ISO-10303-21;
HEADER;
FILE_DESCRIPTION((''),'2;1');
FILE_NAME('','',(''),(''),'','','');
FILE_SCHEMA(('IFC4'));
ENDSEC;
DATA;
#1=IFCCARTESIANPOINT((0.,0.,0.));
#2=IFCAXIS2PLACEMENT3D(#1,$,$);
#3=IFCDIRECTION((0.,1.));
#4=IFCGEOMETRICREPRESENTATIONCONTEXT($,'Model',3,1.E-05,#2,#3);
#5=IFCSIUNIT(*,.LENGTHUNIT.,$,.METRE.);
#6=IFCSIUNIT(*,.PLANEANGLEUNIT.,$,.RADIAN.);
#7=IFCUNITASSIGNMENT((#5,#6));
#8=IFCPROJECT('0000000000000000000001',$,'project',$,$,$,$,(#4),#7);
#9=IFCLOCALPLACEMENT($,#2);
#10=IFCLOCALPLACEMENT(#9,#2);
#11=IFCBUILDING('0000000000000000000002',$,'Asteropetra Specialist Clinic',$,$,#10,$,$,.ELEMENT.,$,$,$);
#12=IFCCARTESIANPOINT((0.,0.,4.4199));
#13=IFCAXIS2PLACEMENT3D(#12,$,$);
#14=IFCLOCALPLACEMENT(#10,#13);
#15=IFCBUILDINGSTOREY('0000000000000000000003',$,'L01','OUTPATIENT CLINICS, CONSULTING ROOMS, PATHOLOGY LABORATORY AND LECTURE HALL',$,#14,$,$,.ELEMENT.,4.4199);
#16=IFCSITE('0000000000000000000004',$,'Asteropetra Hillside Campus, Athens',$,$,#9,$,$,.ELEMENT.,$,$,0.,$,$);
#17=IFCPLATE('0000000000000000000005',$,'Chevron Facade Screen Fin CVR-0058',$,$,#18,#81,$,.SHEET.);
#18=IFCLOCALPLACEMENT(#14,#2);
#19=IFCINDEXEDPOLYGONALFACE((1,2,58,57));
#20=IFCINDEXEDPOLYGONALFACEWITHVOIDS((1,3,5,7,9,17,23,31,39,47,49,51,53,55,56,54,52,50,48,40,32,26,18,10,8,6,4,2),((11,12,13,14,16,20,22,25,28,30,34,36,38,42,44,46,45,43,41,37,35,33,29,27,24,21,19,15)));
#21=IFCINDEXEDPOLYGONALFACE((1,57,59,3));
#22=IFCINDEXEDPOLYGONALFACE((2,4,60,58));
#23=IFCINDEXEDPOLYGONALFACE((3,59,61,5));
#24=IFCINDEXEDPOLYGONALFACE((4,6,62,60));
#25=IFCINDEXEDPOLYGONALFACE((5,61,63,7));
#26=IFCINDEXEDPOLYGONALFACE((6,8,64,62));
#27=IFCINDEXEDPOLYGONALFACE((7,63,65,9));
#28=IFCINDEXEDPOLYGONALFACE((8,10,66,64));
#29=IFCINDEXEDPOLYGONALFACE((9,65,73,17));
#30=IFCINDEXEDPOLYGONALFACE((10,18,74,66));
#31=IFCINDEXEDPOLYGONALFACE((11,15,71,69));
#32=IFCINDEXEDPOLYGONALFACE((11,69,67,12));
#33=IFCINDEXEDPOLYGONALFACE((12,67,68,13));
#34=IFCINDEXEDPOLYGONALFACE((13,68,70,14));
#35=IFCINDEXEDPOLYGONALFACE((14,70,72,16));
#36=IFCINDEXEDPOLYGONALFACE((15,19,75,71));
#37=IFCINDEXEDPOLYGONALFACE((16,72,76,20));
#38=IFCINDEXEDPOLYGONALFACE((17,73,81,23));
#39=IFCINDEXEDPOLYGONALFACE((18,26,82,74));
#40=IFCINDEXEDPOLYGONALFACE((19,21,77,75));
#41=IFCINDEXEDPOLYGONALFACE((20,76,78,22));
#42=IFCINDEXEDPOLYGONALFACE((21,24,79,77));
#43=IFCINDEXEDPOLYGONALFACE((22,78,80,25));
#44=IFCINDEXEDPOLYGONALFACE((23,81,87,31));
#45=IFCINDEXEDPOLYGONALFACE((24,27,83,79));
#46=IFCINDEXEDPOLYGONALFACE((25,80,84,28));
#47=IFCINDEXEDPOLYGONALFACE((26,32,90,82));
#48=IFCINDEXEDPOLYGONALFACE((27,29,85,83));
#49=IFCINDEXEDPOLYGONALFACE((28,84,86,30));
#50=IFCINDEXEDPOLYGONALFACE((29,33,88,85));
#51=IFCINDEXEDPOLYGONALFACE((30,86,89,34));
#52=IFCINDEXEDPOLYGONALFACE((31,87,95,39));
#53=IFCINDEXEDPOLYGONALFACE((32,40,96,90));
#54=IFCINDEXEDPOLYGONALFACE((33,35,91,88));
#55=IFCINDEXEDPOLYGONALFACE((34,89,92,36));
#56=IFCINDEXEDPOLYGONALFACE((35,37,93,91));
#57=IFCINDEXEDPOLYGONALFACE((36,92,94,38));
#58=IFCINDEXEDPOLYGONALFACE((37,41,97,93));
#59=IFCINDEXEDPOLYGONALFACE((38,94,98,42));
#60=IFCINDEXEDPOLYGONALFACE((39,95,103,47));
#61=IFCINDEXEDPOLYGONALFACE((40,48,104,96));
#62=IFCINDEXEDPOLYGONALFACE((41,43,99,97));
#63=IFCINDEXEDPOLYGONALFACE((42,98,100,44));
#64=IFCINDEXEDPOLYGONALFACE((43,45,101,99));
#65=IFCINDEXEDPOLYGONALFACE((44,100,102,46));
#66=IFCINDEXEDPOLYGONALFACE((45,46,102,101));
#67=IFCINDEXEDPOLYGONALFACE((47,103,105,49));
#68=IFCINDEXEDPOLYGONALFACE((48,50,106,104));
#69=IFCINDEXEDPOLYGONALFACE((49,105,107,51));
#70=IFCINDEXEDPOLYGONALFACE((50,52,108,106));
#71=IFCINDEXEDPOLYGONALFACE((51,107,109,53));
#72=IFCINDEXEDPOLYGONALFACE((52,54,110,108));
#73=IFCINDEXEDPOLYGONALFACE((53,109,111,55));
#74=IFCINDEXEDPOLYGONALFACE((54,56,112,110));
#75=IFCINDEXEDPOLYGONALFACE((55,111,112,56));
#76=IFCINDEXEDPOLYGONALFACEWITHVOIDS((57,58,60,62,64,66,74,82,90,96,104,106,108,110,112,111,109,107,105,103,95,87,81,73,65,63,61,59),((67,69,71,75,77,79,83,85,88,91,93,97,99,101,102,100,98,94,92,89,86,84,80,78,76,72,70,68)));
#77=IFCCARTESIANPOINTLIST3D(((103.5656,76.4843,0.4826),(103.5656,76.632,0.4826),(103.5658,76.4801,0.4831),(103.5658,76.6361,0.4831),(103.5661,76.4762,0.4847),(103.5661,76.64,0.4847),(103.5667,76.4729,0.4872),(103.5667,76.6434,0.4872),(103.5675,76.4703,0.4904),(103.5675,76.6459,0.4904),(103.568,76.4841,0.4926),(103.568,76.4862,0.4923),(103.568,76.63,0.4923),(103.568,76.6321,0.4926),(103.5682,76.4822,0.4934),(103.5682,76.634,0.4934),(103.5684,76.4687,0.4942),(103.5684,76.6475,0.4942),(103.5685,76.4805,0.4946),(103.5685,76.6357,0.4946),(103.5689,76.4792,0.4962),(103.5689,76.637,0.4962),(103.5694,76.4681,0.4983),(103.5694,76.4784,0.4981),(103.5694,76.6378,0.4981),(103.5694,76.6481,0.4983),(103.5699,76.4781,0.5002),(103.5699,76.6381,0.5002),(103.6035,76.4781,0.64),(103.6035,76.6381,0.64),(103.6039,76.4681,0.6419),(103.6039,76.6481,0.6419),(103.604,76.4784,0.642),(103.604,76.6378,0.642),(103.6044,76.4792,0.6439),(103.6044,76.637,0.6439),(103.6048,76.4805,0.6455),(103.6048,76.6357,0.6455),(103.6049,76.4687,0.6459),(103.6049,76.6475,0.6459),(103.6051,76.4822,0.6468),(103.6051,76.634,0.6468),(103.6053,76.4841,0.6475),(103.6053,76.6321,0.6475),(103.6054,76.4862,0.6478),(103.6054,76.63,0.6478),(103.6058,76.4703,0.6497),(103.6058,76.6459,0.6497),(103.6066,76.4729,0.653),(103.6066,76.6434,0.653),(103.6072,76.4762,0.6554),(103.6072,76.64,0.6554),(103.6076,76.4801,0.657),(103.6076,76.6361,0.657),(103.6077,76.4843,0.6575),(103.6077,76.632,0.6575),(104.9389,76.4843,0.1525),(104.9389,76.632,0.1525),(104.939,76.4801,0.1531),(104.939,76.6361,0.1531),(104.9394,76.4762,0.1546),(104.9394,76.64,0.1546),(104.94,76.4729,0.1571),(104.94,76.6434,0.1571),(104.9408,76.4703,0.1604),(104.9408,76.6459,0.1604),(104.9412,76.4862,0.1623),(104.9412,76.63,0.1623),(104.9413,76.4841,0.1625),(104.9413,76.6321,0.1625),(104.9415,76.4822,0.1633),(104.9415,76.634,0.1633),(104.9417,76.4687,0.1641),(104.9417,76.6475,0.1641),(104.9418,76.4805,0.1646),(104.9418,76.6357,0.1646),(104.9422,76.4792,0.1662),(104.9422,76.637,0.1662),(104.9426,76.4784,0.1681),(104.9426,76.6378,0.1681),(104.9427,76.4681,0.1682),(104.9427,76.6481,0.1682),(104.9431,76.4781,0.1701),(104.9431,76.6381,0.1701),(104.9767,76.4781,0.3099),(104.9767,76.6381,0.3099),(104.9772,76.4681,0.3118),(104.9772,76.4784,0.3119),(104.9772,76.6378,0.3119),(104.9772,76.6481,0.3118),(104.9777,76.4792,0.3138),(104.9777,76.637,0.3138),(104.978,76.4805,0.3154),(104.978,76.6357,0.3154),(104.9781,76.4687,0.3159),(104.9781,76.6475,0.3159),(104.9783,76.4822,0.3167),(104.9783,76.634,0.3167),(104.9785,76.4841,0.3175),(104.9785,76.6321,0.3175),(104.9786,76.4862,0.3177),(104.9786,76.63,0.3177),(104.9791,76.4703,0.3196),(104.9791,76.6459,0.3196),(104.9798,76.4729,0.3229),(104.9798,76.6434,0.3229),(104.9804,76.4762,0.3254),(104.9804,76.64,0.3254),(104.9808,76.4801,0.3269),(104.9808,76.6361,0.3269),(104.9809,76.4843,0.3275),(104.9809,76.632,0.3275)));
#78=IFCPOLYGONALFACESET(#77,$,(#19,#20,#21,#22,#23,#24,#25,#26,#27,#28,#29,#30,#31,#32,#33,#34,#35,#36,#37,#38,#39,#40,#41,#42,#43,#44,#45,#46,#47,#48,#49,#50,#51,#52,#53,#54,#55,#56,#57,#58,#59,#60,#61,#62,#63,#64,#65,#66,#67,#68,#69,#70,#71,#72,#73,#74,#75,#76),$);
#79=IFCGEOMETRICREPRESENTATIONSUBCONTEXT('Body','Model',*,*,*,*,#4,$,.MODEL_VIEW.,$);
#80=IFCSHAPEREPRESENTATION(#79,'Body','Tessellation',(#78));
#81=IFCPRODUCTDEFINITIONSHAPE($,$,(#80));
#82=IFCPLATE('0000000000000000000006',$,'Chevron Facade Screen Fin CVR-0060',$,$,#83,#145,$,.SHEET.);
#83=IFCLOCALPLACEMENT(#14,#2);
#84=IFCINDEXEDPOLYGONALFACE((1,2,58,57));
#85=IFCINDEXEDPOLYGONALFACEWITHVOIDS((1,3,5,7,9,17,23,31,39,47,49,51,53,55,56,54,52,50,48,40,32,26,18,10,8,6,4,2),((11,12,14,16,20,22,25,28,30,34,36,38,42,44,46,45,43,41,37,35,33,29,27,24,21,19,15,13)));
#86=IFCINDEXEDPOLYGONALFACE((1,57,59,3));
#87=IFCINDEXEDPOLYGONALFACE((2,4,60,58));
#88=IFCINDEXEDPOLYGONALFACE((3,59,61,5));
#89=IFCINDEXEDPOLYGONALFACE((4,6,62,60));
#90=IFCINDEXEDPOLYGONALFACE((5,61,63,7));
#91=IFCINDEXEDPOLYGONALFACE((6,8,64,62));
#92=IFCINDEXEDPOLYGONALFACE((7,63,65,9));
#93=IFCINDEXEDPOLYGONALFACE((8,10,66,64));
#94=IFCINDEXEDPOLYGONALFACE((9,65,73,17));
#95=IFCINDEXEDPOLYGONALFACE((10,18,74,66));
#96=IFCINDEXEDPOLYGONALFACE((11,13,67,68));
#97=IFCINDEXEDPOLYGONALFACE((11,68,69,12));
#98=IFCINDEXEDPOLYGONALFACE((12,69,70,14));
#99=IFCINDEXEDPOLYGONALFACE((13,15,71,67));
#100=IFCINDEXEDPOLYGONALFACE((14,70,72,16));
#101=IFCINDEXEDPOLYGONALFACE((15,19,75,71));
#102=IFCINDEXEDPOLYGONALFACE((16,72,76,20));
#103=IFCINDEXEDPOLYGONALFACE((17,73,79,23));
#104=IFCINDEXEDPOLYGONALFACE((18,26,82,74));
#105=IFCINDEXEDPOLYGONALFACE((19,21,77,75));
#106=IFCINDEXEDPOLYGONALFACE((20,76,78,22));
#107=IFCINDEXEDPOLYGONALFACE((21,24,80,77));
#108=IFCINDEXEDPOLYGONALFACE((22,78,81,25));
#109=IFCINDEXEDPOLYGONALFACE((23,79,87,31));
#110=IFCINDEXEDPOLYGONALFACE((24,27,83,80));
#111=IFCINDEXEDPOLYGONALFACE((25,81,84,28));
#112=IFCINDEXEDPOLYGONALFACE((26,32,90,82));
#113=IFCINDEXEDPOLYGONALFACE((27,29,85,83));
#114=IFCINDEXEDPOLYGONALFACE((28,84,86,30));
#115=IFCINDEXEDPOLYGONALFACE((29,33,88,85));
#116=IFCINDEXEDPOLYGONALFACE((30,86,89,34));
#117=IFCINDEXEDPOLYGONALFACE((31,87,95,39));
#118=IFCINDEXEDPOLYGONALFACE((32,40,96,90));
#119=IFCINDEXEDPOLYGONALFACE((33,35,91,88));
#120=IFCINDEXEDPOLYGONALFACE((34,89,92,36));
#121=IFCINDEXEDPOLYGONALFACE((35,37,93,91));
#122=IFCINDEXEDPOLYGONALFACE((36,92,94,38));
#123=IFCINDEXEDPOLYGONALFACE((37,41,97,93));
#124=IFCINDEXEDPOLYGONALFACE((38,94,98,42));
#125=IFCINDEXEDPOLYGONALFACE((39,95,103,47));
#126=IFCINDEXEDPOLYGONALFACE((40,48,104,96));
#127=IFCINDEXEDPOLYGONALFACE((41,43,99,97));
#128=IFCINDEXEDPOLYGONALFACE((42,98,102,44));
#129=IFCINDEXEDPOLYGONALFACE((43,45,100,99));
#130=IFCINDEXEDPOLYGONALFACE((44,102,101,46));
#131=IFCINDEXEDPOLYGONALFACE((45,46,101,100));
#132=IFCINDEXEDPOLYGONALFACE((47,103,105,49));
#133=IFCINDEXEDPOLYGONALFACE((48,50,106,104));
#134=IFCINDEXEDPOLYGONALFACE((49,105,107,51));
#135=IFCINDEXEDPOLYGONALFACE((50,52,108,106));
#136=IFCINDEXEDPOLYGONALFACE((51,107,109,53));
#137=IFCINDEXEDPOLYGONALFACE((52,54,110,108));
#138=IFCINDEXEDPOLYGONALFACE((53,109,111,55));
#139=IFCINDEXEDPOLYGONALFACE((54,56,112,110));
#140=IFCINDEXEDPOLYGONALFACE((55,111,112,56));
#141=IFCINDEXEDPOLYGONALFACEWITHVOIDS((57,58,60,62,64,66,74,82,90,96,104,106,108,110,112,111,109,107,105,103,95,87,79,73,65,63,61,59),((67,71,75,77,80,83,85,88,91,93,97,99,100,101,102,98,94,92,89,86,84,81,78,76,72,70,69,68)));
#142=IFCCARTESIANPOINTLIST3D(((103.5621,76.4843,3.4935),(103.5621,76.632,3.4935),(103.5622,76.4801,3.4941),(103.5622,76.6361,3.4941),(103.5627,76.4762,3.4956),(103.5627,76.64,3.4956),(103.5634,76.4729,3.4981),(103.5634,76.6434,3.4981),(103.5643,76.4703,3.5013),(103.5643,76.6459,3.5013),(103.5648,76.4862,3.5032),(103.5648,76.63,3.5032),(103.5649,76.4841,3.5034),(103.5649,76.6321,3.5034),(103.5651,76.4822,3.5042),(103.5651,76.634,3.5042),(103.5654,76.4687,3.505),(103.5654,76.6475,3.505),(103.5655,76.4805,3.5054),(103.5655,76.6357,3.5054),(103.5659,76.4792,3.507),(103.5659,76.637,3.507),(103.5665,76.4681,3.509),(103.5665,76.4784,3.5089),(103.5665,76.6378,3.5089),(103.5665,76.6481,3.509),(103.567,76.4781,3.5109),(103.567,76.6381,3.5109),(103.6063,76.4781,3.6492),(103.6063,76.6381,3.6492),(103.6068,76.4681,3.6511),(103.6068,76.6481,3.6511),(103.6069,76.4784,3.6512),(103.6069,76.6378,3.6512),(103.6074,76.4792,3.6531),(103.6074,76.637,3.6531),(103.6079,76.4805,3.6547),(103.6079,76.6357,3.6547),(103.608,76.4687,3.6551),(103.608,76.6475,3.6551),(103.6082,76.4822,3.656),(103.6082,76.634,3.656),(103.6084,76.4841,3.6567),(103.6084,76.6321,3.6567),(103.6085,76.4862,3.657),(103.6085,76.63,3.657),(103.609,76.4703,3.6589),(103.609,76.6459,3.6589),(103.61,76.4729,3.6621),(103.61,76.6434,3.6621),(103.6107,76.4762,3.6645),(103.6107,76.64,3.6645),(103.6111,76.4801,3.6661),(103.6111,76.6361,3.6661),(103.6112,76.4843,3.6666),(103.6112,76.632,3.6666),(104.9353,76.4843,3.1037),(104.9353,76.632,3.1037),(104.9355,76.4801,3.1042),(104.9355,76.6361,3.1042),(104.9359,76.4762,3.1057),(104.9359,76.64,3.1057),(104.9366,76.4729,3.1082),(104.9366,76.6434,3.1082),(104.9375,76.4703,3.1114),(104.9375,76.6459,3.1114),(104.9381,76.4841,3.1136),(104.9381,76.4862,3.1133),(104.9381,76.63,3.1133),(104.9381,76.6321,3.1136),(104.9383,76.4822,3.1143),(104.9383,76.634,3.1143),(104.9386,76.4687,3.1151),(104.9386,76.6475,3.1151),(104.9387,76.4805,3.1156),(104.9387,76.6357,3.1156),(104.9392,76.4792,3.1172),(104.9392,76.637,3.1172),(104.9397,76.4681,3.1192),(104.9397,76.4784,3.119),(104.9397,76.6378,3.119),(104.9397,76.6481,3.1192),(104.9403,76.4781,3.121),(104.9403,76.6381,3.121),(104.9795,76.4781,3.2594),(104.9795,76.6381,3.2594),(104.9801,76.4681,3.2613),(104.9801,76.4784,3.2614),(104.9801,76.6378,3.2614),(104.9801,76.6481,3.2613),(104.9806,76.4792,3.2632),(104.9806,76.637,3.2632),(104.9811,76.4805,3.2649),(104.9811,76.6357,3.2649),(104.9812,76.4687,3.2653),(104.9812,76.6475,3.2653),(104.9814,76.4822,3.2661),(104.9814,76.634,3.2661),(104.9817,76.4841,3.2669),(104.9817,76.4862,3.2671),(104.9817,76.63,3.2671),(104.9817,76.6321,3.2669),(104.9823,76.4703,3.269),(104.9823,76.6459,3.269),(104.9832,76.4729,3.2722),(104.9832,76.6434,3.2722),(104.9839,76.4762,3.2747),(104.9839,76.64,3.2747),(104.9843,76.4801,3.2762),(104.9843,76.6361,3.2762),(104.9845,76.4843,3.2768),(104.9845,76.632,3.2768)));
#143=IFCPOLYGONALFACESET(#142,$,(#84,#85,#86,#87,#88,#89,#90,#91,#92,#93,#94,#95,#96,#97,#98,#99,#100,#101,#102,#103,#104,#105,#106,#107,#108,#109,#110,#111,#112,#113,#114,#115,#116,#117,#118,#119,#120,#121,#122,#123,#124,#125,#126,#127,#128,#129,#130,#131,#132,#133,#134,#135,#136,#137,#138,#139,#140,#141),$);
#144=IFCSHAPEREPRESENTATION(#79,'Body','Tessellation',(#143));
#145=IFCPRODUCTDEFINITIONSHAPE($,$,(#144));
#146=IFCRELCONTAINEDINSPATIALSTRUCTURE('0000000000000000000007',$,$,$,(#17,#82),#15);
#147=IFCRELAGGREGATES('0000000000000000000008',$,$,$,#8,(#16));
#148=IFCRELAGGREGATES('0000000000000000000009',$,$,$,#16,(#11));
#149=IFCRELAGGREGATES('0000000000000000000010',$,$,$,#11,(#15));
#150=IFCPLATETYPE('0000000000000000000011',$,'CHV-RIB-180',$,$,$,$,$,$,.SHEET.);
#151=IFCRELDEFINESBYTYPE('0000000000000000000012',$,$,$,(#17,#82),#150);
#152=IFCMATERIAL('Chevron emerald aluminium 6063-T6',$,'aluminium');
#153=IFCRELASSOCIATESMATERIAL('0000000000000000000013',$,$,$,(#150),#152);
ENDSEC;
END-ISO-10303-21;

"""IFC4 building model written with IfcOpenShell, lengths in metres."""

from ifc_helpers import new_model, si_unit, direction, frame, origin, origin_2d, place, context, subcontext, project, spatial, hollow_rectangle, extrude, material, material_profile, profile_set, type_object, element, save


model = new_model("IFC4")

# Units and contexts
model_context = context("Model", 3, precision=1e-05, world=origin(), true_north=direction((0.0, 1.0)))
body_context = subcontext(model_context, "Body", "Model", "MODEL_VIEW")
ifc_project = project(units=[si_unit("LENGTHUNIT", "METRE"), si_unit("PLANEANGLEUNIT", "RADIAN")], contexts=[model_context])

# Site, building, storey
site_placement = place(None, origin())
site = spatial("IfcSite", under=ifc_project, at=site_placement, Name="Asteropetra Hillside Campus, Athens", CompositionType="ELEMENT", RefElevation=0.0)
building_placement = place(site_placement, origin())
building = spatial("IfcBuilding", under=site, at=building_placement, Name="Asteropetra Specialist Clinic", CompositionType="ELEMENT")
storey_placement = place(building_placement, frame((0.0, 0.0, 4.4199)))
storey = spatial("IfcBuildingStorey", under=building, at=storey_placement, Name="L01", Description="OUTPATIENT CLINICS, CONSULTING ROOMS, PATHOLOGY LABORATORY AND LECTURE HALL", CompositionType="ELEMENT", Elevation=4.4199)

# Plates
ifc_material_1 = material(Name="Chevron emerald aluminium 6063-T6", Category="aluminium")
ifc_material_profile_1 = material_profile(ifc_material_1, hollow_rectangle(XDim=0.1799, YDim=0.1799, WallThickness=0.01, InnerFilletRadius=0.0081, OuterFilletRadius=0.0161, at=origin_2d()), Name="SHS 180x180x10.0")
ifc_profile_set_1 = profile_set([ifc_material_profile_1], Name="Chevron emerald aluminium 6063-T6")
plate_type = type_object("IfcPlateType", Name="CHV-RIB-180", PredefinedType="SHEET", material=ifc_profile_set_1)
plate_1_placement = place(storey_placement, frame((103.5867, 76.5581, 0.5701), z_axis=(0.972309, 0.0, -0.2337), x_axis=(0.0, 1.0, 0.0)))
element("IfcPlate", 1, at=plate_1_placement, inside=storey, type_object=plate_type, Name="Chevron Facade Screen Fin CVR-0058", PredefinedType="SHEET", context=body_context, shape_type="SweptSolid", body=[
    extrude(hollow_rectangle(XDim=0.1799, YDim=0.1799, WallThickness=0.01, InnerFilletRadius=0.0081, OuterFilletRadius=0.0161, at=origin_2d()), origin(), (0.0, 0.0, 1.0), 1.4124),
])
plate_2_placement = place(storey_placement, frame((103.5867, 76.5581, 3.5801), z_axis=(0.961981, 0.0, -0.273117), x_axis=(0.0, 1.0, 0.0)))
element("IfcPlate", 2, at=plate_2_placement, inside=storey, type_object=plate_type, Name="Chevron Facade Screen Fin CVR-0060", PredefinedType="SHEET", context=body_context, shape_type="SweptSolid", body=[
    extrude(hollow_rectangle(XDim=0.1799, YDim=0.1799, WallThickness=0.01, InnerFilletRadius=0.0081, OuterFilletRadius=0.0161, at=origin_2d()), origin(), (0.0, 0.0, 1.0), 1.4275),
])

save(model, "model.ifc")
